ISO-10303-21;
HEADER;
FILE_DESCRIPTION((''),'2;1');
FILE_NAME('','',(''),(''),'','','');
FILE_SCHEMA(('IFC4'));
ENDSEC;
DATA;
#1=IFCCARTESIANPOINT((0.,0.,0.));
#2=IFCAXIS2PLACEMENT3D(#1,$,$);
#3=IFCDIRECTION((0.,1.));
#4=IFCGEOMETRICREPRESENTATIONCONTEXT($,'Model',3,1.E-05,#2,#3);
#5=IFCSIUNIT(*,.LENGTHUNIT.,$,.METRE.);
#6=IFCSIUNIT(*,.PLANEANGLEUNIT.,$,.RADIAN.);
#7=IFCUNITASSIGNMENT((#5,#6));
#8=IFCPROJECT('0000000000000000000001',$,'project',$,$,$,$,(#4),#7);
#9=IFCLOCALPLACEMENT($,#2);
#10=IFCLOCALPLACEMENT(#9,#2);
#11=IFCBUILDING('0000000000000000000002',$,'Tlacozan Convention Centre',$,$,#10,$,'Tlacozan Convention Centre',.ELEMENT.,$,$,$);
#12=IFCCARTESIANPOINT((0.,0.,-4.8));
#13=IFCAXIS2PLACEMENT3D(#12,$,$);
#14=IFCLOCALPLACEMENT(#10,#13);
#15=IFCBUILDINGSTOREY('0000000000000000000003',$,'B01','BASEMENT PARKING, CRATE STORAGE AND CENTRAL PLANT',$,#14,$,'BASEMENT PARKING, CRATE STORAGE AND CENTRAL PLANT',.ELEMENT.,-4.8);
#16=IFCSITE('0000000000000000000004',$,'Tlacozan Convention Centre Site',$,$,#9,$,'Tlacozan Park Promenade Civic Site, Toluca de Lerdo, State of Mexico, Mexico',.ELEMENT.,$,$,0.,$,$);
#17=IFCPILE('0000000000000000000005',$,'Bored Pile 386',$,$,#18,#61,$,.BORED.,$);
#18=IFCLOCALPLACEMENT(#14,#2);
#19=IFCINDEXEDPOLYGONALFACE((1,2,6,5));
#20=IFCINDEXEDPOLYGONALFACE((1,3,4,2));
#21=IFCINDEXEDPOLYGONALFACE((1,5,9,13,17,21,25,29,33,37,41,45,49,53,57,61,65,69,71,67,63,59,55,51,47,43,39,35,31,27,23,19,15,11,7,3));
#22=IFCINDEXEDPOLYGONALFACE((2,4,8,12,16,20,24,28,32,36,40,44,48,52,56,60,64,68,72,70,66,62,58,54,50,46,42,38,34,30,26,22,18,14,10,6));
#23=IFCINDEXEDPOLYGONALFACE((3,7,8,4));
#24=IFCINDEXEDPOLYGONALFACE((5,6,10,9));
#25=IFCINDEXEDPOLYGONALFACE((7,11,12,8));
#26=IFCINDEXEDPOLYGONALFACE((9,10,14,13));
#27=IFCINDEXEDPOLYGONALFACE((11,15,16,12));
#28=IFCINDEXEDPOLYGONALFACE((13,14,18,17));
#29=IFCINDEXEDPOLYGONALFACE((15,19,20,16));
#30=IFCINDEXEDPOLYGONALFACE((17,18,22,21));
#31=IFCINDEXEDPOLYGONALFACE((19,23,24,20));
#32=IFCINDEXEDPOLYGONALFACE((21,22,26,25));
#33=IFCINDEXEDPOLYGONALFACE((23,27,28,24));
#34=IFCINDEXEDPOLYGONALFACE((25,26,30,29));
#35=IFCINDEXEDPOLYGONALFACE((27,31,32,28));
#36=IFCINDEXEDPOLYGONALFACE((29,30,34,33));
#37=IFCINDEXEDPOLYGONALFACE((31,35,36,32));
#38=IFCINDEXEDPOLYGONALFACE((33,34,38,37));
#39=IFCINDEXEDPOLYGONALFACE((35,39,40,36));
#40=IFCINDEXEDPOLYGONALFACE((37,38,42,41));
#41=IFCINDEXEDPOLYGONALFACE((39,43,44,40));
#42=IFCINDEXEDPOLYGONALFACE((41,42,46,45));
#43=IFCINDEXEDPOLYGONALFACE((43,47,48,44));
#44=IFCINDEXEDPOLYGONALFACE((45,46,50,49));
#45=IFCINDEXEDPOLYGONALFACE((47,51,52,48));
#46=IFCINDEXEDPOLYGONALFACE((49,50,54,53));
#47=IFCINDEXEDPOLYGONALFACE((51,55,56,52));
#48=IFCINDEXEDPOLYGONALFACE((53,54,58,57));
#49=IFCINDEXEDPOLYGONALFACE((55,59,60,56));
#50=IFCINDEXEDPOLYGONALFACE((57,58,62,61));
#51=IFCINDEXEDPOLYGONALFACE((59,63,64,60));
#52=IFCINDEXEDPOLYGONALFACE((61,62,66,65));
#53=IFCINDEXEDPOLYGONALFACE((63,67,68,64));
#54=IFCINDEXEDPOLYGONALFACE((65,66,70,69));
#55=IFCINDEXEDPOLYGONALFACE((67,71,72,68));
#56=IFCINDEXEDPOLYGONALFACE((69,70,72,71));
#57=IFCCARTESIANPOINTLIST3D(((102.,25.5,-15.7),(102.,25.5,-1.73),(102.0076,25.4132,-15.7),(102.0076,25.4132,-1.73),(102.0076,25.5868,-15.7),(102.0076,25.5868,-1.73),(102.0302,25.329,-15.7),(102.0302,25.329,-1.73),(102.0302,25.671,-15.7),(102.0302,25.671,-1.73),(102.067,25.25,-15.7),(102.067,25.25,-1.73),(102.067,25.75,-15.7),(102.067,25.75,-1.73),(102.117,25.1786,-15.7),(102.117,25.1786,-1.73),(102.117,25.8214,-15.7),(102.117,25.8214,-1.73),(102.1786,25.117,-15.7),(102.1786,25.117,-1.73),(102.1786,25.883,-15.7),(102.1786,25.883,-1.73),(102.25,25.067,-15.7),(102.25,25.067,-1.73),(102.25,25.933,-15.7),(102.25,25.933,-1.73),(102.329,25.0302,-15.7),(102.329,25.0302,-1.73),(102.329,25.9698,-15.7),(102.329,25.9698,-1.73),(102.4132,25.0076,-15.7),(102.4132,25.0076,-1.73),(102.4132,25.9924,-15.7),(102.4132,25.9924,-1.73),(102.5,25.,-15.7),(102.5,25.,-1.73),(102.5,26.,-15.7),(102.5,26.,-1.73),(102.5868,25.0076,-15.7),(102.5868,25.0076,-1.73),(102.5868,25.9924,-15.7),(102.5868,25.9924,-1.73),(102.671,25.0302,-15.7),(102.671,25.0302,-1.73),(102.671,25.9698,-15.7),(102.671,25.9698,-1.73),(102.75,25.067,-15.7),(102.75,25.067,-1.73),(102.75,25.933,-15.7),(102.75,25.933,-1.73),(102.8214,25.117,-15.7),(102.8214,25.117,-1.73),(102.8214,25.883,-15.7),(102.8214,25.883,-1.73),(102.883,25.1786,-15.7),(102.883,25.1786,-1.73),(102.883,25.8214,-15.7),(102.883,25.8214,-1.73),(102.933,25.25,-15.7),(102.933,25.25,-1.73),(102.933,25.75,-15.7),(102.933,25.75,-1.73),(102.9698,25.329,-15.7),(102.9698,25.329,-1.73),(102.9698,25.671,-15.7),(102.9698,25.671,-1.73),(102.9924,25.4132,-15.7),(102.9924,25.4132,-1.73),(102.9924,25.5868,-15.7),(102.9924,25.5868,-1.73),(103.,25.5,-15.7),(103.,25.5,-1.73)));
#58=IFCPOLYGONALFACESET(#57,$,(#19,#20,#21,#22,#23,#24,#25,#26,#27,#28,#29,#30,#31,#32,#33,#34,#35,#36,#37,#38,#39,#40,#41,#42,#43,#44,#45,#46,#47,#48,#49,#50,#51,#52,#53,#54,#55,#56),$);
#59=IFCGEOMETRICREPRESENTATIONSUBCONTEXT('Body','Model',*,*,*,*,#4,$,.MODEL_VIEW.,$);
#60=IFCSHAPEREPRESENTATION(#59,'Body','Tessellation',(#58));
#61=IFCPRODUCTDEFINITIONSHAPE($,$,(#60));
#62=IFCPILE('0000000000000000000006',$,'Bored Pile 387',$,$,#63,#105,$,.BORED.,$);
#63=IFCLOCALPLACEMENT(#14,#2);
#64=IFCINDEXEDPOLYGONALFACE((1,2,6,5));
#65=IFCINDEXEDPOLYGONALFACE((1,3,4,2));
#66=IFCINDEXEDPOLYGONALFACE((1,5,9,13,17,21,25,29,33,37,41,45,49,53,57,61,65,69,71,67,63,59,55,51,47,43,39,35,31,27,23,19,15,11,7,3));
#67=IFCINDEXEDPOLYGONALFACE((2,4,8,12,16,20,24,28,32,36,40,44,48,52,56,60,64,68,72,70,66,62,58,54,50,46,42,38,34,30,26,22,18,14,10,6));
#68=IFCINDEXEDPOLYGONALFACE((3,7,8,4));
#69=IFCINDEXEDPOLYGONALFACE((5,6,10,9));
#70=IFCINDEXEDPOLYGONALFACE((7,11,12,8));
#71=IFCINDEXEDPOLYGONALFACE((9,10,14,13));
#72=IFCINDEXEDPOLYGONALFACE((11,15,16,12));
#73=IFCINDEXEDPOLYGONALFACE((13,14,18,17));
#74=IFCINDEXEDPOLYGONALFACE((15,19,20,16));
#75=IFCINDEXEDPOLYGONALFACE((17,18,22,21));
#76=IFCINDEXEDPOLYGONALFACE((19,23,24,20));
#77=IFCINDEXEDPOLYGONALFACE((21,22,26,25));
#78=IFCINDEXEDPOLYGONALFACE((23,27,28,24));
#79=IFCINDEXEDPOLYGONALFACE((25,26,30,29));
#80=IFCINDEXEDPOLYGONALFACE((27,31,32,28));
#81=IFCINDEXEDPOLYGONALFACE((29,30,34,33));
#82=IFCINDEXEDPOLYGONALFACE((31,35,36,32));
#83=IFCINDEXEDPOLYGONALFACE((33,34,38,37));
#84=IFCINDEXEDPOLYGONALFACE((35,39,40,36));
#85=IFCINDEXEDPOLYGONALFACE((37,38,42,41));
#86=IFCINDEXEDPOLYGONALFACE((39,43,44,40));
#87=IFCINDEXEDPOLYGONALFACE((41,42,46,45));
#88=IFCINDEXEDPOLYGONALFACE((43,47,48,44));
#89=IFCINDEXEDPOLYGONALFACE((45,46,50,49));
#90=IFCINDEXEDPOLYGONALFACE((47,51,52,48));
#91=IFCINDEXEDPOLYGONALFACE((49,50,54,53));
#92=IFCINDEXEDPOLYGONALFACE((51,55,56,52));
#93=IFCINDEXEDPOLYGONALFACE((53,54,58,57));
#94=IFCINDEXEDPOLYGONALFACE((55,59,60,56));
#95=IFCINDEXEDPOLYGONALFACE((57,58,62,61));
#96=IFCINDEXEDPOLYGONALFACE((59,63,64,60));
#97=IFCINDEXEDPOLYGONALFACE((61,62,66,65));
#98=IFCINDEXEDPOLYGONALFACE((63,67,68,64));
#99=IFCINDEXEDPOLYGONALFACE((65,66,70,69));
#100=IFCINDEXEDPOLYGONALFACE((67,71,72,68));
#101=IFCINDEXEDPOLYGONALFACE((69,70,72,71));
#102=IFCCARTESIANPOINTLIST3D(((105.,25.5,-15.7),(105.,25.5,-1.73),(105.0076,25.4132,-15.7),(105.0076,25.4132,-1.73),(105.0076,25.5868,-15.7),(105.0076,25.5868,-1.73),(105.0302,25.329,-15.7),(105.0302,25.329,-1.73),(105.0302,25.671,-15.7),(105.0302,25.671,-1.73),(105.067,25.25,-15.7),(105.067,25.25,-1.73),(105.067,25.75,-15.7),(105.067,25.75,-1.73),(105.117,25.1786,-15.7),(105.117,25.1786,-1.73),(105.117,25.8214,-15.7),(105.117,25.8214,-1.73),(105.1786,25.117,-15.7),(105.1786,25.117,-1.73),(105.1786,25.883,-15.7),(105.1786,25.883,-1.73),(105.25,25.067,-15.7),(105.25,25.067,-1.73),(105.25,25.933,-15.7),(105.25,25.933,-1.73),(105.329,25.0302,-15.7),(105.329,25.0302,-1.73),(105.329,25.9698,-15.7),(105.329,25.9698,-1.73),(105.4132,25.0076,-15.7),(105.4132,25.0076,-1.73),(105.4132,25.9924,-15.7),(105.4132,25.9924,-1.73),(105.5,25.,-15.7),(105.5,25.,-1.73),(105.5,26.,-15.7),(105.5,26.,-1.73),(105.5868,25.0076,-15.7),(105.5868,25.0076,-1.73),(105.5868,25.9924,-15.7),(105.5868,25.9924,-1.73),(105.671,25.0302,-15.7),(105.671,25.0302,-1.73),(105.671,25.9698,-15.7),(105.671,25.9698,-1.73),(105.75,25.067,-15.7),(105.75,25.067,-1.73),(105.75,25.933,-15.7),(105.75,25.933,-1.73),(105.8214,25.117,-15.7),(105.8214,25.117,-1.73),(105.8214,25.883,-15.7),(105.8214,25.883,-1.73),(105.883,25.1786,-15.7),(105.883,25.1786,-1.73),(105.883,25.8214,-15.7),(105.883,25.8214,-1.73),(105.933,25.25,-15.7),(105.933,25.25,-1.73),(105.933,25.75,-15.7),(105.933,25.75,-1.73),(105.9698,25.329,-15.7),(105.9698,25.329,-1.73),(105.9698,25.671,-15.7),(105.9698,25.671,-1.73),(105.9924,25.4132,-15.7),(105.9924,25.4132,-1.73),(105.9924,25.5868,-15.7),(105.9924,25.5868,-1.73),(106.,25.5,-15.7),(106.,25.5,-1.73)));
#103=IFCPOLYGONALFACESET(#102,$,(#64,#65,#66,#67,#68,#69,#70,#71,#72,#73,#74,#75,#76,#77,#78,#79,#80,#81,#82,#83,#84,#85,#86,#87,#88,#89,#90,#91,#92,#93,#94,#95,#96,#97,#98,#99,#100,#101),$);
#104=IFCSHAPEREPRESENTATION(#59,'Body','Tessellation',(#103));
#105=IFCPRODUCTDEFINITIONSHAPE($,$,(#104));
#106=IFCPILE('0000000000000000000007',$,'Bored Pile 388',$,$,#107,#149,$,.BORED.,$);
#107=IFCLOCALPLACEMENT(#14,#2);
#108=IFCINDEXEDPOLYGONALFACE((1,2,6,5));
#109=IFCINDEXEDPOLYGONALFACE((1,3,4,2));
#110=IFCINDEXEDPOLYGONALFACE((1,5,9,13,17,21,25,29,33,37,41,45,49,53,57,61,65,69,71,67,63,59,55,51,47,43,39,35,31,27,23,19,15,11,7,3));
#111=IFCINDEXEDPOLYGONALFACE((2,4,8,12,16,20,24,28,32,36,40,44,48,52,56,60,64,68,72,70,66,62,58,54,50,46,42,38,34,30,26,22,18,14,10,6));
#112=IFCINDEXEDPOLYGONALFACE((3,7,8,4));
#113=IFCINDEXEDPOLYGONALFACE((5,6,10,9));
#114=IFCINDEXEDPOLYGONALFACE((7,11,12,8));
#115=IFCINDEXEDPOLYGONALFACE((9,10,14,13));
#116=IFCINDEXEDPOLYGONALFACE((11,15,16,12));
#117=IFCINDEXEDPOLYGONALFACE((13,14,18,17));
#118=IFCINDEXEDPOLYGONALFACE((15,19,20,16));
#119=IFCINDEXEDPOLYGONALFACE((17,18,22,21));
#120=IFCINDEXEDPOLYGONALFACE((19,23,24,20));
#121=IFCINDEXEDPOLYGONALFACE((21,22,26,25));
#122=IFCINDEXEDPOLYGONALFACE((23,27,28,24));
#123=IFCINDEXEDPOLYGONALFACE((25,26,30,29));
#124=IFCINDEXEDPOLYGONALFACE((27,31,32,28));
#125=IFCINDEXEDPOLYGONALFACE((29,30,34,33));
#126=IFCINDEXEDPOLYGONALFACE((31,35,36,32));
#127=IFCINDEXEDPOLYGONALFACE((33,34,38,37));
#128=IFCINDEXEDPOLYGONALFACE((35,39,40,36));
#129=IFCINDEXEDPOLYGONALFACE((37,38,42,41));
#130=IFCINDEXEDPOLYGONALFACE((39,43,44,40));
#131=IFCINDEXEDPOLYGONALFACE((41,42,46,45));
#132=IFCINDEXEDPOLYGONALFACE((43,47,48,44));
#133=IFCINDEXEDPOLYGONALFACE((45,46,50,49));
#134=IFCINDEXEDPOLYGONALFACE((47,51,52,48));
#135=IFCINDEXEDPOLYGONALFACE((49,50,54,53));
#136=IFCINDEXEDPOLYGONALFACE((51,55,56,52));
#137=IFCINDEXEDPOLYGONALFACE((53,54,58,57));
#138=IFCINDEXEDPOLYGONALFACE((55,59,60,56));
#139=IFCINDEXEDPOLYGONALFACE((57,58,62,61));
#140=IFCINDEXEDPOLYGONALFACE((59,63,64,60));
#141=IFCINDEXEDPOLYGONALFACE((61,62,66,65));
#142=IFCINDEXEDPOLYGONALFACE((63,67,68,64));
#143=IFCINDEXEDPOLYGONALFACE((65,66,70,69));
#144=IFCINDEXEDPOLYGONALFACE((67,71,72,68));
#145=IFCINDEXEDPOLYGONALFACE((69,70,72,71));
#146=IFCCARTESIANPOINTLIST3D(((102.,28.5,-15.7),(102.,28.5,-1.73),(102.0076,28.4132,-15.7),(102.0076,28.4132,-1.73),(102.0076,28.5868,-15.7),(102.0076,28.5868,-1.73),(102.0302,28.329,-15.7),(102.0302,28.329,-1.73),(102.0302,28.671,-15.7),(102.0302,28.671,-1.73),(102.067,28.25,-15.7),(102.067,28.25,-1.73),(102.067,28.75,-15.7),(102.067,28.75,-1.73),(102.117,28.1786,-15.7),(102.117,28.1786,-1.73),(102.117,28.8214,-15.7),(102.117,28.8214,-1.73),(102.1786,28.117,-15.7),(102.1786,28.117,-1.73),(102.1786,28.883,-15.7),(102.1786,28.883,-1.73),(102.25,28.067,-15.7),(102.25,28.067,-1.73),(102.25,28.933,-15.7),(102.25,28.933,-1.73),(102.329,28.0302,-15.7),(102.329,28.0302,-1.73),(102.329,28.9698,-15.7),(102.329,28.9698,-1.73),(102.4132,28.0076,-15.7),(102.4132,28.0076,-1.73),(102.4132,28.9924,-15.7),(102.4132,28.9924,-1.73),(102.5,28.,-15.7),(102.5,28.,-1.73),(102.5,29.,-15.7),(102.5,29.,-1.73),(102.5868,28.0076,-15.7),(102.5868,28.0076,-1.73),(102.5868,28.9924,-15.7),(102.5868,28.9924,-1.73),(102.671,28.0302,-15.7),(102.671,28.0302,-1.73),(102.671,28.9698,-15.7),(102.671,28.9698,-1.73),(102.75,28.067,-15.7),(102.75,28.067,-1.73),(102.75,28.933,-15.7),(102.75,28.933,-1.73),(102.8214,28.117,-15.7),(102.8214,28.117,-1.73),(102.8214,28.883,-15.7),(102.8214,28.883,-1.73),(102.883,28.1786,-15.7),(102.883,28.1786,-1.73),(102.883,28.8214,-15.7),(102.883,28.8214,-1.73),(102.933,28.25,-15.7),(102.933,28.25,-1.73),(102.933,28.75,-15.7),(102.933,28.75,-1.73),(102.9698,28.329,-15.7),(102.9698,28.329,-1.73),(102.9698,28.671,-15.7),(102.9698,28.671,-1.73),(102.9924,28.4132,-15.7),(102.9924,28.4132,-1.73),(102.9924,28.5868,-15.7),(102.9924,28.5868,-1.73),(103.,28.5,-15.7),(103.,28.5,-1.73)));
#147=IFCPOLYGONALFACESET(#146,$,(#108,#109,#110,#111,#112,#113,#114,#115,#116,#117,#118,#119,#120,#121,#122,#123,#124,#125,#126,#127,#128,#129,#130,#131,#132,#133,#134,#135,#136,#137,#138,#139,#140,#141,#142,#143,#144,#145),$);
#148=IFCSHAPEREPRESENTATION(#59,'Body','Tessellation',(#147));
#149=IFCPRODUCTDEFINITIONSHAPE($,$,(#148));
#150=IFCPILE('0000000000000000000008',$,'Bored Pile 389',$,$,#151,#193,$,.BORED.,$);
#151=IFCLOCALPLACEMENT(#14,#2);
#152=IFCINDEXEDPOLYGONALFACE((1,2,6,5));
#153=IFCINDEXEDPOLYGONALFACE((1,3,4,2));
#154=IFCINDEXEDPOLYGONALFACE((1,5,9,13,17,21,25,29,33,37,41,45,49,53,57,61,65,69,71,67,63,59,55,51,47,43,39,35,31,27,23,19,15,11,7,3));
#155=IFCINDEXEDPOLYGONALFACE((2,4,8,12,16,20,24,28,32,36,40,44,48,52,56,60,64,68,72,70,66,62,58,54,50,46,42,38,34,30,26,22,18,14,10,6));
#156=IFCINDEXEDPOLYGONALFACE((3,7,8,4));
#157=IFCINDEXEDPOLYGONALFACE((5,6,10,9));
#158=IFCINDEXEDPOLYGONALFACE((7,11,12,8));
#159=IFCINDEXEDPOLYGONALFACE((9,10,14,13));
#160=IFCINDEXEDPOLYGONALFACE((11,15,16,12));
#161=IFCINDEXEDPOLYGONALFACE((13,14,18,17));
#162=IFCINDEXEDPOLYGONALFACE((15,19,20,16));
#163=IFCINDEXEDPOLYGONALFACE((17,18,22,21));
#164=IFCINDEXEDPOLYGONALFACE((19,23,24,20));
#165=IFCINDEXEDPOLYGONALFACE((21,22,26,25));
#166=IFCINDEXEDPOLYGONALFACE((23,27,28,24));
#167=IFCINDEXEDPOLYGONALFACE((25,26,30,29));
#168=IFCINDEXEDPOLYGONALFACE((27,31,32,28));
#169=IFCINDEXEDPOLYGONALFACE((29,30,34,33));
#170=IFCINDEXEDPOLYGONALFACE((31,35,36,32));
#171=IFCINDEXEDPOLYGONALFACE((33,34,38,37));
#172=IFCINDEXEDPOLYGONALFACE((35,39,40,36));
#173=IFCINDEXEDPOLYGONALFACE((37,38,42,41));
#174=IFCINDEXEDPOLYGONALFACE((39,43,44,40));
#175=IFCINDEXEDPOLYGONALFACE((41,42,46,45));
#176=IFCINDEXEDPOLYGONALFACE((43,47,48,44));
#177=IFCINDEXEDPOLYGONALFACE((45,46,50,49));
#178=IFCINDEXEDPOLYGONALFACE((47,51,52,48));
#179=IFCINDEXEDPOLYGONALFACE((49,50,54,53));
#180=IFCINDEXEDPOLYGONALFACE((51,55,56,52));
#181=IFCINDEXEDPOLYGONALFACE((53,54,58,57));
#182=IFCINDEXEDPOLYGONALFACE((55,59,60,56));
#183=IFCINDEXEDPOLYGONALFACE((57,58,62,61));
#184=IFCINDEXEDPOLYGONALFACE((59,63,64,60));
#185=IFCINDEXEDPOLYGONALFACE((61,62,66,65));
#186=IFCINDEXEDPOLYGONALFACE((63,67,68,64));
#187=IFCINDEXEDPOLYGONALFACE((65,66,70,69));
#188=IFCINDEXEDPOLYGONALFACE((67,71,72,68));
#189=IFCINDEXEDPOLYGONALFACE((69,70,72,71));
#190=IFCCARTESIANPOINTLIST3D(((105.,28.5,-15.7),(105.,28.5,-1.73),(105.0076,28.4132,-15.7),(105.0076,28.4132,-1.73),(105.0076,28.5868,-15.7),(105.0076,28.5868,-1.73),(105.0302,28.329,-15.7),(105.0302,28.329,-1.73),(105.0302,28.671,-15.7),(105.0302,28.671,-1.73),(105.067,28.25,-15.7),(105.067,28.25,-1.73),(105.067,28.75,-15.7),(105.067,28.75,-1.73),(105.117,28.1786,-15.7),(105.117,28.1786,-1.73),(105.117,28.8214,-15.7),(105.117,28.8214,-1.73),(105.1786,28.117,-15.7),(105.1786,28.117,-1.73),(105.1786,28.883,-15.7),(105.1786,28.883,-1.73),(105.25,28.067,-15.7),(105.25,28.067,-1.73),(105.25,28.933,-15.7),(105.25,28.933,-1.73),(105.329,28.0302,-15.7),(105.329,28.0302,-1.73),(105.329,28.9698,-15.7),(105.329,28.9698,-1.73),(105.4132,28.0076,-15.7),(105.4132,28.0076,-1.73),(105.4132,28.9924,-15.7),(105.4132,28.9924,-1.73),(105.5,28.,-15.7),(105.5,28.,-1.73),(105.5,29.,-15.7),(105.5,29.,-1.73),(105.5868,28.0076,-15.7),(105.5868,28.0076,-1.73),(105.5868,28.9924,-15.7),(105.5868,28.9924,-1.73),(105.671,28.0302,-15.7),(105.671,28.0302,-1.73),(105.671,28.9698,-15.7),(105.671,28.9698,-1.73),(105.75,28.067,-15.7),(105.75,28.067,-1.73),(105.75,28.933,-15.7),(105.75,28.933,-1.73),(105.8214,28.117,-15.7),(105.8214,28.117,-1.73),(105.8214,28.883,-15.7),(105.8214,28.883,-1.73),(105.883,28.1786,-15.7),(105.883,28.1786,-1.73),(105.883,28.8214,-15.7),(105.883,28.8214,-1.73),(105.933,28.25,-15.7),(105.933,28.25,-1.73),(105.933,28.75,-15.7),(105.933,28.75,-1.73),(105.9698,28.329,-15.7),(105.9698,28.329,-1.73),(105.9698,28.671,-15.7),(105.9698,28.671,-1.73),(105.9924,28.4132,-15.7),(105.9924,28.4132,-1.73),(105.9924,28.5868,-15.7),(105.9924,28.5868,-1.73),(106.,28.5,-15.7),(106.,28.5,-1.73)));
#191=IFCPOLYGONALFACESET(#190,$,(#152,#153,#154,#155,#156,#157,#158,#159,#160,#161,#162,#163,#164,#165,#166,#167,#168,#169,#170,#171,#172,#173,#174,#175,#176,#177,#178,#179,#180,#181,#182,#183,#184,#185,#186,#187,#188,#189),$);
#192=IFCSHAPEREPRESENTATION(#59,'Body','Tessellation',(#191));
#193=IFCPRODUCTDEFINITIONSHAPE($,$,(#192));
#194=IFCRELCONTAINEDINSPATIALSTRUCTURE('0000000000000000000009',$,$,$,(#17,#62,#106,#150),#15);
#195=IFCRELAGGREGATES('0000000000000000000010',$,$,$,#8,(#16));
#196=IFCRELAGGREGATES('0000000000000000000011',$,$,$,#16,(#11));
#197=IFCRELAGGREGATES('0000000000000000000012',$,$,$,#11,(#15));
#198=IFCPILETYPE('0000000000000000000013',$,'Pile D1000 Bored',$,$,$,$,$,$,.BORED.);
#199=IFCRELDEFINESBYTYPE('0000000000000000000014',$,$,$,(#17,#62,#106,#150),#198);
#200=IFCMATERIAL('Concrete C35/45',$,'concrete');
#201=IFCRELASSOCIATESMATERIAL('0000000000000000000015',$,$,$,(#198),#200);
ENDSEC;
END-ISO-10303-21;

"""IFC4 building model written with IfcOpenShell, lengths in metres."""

from ifc_helpers import new_model, si_unit, direction, frame, origin, origin_2d, place, context, subcontext, project, spatial, circle, extrude, material, material_profile, profile_set, type_object, element, save


model = new_model("IFC4")

# Units and contexts
model_context = context("Model", 3, precision=1e-05, world=origin(), true_north=direction((0.0, 1.0)))
body_context = subcontext(model_context, "Body", "Model", "MODEL_VIEW")
ifc_project = project(units=[si_unit("LENGTHUNIT", "METRE"), si_unit("PLANEANGLEUNIT", "RADIAN")], contexts=[model_context])

# Site, building, storey
site_placement = place(None, origin())
site = spatial("IfcSite", under=ifc_project, at=site_placement, Name="Tlacozan Convention Centre Site", LongName="Tlacozan Park Promenade Civic Site, Toluca de Lerdo, State of Mexico, Mexico", CompositionType="ELEMENT", RefElevation=0.0)
building_placement = place(site_placement, origin())
building = spatial("IfcBuilding", under=site, at=building_placement, Name="Tlacozan Convention Centre", LongName="Tlacozan Convention Centre", CompositionType="ELEMENT")
storey_placement = place(building_placement, frame((0.0, 0.0, -4.8)))
storey = spatial("IfcBuildingStorey", under=building, at=storey_placement, Name="B01", Description="BASEMENT PARKING, CRATE STORAGE AND CENTRAL PLANT", LongName="BASEMENT PARKING, CRATE STORAGE AND CENTRAL PLANT", CompositionType="ELEMENT", Elevation=-4.8)

# Shared definitions
ifc_material_1 = material(Name="Concrete C35/45", Category="concrete")

# Piles
ifc_material_profile_1 = material_profile(ifc_material_1, circle(Radius=0.5, at=origin_2d()), Name="PILE D1000")
ifc_profile_set_1 = profile_set([ifc_material_profile_1], Name="Concrete C35/45")
pile_type_1 = type_object("IfcPileType", Name="Pile D1000 Bored", PredefinedType="BORED", material=ifc_profile_set_1)
for number, where, z_axis, x_axis, name in (
    (1, (102.5, 25.5, -1.73), (0.0, 0.0, -1.0), (1.0, 0.0, 0.0), "Bored Pile 386"),
    (2, (105.5, 25.5, -1.73), (0.0, 0.0, -1.0), (1.0, 0.0, 0.0), "Bored Pile 387"),
    (3, (102.5, 28.5, -1.73), (0.0, 0.0, -1.0), (1.0, 0.0, 0.0), "Bored Pile 388"),
    (4, (105.5, 28.5, -1.73), (0.0, 0.0, -1.0), (1.0, 0.0, 0.0), "Bored Pile 389"),
):
    element("IfcPile", number, at=place(storey_placement, frame(where, z_axis=z_axis, x_axis=x_axis)), inside=storey, type_object=pile_type_1, Name=name, PredefinedType="BORED", context=body_context, shape_type="SweptSolid", body=[
        extrude(circle(Radius=0.5, at=origin_2d()), origin(), (0.0, 0.0, 1.0), 13.97),
    ])

save(model, "model.ifc")
